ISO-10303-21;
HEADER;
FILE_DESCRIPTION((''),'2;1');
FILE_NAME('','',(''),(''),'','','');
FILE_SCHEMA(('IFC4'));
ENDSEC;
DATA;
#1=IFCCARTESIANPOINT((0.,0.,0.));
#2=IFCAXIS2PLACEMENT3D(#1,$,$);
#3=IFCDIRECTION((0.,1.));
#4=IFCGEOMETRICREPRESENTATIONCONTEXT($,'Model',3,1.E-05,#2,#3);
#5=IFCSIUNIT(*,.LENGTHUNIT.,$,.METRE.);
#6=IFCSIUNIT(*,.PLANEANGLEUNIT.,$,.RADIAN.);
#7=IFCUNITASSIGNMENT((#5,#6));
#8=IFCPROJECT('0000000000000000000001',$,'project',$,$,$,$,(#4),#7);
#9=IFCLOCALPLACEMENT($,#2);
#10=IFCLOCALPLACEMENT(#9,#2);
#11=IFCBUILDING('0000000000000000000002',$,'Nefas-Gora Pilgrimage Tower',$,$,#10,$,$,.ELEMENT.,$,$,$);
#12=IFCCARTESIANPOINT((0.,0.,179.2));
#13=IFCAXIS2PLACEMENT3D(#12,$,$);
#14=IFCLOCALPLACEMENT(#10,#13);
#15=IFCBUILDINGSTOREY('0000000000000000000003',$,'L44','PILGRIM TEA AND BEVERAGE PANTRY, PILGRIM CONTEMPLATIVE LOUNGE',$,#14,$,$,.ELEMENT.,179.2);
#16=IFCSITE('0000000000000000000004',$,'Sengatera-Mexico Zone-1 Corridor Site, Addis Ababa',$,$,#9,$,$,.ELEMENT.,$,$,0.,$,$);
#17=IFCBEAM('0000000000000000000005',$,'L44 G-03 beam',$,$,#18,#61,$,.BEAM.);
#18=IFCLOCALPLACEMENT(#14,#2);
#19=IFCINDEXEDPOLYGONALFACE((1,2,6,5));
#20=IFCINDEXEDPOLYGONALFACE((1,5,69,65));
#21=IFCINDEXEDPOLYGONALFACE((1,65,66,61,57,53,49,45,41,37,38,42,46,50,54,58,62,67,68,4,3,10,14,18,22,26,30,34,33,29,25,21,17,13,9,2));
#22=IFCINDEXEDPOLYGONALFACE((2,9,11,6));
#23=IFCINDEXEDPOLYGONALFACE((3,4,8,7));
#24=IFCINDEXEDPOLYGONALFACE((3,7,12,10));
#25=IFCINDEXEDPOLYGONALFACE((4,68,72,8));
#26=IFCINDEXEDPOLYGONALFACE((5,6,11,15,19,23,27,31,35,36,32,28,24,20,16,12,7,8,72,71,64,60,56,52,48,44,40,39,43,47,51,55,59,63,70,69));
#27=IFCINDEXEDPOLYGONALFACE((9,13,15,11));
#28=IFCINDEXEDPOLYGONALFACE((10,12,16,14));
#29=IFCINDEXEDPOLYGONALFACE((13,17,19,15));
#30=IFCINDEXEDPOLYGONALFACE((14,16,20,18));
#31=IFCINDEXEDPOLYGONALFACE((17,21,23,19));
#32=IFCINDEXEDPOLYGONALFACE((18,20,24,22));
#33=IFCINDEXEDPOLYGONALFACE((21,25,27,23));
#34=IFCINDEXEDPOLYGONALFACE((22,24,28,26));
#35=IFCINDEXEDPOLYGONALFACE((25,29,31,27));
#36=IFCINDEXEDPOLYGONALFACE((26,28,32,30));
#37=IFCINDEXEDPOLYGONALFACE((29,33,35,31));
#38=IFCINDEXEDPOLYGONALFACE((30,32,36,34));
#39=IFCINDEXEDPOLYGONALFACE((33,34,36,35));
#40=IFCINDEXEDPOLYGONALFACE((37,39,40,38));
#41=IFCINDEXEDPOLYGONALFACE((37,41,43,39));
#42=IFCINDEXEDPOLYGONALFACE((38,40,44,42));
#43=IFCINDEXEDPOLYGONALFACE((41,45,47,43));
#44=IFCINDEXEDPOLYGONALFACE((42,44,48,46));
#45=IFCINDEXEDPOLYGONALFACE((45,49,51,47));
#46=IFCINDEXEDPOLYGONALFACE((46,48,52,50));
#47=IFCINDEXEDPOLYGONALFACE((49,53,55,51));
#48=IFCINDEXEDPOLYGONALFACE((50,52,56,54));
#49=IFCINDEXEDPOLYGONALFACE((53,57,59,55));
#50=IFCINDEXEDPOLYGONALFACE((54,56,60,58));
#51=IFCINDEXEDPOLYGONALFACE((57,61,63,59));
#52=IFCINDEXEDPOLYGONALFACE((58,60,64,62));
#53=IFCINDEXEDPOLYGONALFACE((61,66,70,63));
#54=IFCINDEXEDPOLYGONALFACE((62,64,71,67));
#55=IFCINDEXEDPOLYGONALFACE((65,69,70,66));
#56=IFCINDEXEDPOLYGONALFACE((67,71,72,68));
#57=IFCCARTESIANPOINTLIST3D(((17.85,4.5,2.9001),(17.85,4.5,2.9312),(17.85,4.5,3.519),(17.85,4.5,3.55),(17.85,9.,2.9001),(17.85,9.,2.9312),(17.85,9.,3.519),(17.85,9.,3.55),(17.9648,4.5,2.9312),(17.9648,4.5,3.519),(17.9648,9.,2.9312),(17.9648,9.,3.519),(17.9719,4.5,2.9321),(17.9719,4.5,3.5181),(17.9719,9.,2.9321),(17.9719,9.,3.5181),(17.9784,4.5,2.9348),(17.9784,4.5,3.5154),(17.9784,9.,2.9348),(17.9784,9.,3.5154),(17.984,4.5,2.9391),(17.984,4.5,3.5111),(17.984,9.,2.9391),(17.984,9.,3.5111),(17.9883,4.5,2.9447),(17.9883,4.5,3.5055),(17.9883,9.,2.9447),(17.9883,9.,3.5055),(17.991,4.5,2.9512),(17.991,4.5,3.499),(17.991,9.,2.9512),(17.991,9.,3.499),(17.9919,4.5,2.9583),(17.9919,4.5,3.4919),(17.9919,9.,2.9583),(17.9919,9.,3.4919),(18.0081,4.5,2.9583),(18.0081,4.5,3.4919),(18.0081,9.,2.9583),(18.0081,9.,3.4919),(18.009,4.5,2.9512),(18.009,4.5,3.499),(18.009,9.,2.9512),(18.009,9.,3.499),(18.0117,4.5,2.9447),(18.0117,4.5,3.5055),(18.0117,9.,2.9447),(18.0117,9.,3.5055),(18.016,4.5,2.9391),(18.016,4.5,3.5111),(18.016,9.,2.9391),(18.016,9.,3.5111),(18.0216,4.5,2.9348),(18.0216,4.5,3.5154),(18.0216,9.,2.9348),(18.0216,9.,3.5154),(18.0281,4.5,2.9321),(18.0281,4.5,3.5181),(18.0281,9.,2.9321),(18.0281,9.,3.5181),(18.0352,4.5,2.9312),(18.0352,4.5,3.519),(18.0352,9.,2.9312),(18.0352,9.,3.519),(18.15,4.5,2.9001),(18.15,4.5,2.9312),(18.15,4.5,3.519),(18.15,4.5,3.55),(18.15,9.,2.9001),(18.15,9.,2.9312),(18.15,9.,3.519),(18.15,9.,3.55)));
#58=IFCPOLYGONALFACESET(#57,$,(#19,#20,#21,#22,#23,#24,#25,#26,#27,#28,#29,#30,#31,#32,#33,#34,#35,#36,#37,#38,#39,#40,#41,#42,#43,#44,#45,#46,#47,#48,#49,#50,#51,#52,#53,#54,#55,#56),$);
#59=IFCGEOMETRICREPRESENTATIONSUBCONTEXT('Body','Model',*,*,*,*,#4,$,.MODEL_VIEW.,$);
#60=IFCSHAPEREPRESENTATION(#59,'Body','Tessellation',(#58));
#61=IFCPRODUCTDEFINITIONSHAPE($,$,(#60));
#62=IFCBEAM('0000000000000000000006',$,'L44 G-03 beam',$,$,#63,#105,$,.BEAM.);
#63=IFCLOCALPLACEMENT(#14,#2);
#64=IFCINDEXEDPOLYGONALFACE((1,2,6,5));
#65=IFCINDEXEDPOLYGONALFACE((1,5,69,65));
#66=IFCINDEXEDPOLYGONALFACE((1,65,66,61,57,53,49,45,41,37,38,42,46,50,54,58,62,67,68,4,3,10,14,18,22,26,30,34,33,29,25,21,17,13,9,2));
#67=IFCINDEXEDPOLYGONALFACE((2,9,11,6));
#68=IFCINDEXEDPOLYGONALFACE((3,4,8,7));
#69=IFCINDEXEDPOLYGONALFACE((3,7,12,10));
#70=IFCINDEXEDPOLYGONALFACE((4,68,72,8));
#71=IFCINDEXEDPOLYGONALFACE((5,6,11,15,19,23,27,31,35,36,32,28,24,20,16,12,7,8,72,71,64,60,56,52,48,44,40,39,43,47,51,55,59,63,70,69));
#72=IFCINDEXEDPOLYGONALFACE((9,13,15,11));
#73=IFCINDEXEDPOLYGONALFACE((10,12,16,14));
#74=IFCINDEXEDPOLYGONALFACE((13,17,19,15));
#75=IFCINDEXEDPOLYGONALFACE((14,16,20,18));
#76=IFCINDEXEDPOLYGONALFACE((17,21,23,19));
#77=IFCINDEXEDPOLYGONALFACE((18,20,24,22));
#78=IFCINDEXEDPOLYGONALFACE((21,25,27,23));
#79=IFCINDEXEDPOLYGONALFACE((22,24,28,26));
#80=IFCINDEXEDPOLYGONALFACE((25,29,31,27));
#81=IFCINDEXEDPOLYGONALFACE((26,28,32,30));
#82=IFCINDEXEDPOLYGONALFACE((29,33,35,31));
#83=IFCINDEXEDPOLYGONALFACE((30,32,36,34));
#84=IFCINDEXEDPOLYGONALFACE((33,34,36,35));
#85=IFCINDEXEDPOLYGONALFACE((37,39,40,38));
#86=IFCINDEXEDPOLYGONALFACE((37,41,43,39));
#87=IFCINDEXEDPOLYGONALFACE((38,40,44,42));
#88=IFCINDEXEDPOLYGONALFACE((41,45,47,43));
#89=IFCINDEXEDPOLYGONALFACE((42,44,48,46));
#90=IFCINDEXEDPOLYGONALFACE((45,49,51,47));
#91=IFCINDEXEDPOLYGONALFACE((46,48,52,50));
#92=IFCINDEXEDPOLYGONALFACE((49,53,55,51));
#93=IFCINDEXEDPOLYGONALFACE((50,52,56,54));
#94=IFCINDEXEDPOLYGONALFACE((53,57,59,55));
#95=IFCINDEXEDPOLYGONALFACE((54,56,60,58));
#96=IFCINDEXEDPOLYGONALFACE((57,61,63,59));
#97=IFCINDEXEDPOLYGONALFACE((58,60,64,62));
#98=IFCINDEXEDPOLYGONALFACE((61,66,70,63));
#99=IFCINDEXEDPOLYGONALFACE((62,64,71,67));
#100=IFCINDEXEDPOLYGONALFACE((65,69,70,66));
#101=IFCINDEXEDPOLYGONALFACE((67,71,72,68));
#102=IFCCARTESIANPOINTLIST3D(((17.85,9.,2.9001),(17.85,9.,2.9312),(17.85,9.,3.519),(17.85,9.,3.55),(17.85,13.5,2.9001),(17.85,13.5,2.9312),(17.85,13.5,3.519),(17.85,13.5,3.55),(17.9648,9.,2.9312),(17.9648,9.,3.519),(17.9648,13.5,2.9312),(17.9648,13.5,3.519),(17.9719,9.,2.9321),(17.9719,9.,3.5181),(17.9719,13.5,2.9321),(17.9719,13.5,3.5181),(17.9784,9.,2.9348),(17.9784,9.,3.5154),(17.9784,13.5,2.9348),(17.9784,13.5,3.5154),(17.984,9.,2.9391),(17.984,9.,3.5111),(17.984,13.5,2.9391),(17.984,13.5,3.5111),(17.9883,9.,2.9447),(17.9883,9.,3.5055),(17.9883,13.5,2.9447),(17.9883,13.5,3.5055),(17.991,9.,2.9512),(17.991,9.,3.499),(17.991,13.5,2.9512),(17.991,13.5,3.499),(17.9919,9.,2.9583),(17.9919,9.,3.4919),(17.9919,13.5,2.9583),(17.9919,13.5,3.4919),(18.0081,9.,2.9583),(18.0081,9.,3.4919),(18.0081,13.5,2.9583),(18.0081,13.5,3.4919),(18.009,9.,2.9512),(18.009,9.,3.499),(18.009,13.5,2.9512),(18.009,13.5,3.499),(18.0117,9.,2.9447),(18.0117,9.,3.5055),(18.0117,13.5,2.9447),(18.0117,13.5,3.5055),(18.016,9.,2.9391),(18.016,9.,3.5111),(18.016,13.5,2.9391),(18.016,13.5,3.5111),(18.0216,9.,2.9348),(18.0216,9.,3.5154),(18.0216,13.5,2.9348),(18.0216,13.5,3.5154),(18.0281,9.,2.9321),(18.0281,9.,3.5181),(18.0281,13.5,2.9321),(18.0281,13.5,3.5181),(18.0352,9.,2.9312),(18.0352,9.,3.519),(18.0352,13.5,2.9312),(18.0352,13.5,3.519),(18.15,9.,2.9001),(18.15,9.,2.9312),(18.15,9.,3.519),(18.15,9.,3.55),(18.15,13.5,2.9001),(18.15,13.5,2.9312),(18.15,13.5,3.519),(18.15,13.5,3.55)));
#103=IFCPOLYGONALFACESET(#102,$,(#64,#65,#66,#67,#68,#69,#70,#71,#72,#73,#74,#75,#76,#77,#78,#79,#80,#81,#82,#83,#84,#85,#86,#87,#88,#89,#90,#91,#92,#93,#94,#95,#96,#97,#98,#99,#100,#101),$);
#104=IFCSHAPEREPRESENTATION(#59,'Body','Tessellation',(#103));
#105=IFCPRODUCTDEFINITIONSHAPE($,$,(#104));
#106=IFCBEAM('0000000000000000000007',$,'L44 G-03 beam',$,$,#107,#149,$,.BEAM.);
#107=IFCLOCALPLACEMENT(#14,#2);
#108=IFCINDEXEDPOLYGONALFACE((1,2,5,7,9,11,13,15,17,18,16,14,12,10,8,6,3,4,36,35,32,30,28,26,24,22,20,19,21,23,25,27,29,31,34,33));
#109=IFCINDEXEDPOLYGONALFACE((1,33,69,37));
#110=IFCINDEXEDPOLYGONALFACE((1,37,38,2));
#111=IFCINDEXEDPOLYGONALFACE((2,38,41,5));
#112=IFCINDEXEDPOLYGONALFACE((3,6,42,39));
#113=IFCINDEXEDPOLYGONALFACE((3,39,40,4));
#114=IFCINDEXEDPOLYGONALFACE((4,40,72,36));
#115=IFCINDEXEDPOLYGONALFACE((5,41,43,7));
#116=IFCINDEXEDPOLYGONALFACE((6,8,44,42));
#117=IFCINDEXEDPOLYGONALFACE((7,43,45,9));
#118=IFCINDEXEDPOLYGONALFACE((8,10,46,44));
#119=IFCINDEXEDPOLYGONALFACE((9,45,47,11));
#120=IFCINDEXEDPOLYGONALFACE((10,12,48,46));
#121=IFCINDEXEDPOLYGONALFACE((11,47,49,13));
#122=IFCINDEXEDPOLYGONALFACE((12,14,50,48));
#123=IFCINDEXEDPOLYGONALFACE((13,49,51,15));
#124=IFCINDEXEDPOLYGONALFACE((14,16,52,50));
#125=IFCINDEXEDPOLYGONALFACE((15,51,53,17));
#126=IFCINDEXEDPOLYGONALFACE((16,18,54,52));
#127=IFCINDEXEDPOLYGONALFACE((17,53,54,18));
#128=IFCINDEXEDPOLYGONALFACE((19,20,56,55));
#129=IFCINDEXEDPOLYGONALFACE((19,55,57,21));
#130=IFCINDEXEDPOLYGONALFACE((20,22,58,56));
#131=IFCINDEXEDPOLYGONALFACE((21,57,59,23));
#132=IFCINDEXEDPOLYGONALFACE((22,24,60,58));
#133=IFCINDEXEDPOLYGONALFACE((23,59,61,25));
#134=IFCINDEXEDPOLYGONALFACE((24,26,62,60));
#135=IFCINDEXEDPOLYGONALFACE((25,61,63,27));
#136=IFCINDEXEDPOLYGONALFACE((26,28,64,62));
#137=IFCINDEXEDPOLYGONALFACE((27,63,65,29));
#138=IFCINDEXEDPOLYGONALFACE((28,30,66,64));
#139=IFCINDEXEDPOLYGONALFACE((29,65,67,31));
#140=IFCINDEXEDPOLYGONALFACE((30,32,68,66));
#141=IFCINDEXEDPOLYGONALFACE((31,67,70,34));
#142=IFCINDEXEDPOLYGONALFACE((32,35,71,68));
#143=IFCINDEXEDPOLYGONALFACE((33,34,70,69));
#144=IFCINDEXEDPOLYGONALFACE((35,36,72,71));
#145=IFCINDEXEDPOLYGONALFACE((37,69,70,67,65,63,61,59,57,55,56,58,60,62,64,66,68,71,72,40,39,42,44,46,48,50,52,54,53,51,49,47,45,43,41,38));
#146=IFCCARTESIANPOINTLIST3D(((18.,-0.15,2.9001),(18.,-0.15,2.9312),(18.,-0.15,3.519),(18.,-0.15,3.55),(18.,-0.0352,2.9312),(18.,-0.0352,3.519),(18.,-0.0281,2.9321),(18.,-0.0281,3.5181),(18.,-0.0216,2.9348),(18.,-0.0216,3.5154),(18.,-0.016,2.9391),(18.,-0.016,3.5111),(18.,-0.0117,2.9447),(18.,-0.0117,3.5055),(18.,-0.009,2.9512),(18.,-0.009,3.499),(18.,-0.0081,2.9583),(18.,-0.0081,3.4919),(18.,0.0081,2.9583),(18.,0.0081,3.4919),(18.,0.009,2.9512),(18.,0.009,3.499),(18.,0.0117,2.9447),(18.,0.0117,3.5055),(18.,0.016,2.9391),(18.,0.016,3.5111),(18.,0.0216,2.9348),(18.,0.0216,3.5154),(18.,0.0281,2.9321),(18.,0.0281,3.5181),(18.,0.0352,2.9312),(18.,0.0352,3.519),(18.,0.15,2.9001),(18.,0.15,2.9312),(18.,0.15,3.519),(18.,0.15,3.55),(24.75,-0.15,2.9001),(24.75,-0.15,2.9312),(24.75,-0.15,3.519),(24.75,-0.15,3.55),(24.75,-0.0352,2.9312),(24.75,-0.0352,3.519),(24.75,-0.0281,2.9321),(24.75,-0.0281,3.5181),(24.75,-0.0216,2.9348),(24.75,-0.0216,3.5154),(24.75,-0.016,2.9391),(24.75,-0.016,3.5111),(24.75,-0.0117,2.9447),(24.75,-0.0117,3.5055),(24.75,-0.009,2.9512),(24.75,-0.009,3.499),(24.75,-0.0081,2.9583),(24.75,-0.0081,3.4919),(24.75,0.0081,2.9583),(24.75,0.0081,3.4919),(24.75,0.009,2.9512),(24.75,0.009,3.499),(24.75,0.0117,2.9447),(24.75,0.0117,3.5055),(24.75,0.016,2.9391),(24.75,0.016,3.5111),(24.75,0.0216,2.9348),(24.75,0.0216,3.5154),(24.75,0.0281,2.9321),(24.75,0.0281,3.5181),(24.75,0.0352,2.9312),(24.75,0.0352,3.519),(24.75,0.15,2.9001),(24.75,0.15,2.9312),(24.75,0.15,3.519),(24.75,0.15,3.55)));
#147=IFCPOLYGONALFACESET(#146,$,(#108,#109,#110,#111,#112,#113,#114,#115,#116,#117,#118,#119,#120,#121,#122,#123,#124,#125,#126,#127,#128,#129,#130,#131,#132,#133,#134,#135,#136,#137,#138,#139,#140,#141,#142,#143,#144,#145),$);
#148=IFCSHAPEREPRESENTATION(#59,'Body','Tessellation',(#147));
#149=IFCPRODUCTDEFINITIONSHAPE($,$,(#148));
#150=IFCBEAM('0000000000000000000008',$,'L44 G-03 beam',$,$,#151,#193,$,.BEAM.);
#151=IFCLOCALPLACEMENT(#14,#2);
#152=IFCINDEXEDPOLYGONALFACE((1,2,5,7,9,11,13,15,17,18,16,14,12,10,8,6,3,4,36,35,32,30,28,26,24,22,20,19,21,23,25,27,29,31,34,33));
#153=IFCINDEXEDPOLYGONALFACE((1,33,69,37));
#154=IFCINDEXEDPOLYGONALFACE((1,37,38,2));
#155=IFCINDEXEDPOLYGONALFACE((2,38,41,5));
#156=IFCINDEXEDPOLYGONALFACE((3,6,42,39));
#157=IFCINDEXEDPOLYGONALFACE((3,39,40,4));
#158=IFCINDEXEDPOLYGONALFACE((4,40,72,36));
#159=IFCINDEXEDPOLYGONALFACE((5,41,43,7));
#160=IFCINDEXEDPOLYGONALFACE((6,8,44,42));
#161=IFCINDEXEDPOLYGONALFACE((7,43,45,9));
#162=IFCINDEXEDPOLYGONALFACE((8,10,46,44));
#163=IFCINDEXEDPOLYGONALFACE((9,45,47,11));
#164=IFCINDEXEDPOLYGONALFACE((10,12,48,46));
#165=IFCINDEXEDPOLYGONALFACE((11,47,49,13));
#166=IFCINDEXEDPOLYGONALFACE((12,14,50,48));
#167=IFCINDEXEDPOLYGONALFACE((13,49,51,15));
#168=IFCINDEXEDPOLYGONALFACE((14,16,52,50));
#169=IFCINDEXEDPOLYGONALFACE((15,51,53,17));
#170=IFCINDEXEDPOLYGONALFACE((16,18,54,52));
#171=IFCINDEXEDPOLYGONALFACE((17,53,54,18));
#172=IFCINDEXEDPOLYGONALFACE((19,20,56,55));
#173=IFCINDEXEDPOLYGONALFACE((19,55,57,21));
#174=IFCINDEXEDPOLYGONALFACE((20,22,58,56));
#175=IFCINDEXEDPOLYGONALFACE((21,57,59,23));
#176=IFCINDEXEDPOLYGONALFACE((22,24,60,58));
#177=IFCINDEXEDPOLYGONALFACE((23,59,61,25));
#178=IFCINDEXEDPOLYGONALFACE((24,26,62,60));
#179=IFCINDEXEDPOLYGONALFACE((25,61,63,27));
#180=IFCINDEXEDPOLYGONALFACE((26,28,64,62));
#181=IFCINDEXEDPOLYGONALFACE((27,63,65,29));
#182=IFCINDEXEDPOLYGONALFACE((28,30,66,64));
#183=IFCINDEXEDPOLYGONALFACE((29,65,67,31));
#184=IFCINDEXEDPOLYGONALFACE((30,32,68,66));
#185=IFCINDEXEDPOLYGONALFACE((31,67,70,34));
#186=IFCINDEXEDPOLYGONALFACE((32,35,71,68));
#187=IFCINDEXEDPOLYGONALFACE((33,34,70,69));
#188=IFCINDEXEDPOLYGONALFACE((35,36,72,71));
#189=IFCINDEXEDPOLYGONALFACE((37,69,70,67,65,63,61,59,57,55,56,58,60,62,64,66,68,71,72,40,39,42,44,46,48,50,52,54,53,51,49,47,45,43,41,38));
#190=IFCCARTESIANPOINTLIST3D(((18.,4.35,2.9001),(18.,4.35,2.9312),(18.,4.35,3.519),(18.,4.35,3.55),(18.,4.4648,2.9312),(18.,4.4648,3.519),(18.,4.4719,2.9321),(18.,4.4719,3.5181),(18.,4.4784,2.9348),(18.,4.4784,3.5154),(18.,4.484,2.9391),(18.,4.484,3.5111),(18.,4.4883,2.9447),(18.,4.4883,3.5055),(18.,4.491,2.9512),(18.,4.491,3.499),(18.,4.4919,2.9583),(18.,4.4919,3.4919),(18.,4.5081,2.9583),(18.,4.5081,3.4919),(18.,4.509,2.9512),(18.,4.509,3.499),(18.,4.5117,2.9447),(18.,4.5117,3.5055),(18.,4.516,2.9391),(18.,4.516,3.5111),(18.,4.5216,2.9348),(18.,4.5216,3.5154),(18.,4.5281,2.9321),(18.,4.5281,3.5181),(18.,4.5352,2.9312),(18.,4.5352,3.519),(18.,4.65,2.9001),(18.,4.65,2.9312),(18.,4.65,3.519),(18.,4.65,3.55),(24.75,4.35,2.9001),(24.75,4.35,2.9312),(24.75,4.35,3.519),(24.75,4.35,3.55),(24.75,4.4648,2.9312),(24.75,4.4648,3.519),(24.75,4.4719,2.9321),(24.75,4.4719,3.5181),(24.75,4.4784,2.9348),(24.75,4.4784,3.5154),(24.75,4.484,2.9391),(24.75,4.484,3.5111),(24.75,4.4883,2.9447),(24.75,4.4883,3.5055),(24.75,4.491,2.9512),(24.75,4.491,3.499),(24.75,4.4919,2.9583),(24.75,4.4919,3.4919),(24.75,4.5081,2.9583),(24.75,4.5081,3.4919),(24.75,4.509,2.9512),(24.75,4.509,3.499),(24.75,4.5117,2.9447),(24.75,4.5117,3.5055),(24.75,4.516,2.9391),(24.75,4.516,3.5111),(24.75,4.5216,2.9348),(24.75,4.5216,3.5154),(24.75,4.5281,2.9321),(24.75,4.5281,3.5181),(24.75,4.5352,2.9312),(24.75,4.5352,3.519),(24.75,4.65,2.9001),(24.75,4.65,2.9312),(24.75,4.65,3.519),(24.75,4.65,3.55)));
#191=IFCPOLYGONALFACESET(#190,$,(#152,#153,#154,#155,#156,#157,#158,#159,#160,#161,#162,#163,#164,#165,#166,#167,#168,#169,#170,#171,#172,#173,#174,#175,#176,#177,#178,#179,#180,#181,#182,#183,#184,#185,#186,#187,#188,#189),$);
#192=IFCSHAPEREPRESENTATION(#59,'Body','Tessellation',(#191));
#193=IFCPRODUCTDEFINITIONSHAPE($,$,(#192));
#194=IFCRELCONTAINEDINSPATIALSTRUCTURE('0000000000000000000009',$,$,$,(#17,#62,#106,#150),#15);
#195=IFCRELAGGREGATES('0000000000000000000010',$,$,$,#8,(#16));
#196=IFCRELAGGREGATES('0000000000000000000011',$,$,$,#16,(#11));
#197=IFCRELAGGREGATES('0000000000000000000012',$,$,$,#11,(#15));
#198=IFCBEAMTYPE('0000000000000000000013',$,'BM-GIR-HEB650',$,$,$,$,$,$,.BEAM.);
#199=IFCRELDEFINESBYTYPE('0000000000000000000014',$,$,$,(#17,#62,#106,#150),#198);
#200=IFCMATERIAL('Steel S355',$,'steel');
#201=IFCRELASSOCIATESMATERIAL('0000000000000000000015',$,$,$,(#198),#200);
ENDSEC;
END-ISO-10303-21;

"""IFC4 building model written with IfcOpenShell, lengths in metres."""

from ifc_helpers import new_model, si_unit, direction, frame, origin, origin_2d, place, context, subcontext, project, spatial, i_section, extrude, source, transform, mapped, material, material_profile, profile_set, type_object, element, save


model = new_model("IFC4")

# Units and contexts
model_context = context("Model", 3, precision=1e-05, world=origin(), true_north=direction((0.0, 1.0)))
body_context = subcontext(model_context, "Body", "Model", "MODEL_VIEW")
ifc_project = project(units=[si_unit("LENGTHUNIT", "METRE"), si_unit("PLANEANGLEUNIT", "RADIAN")], contexts=[model_context])

# Site, building, storey
site_placement = place(None, origin())
site = spatial("IfcSite", under=ifc_project, at=site_placement, Name="Sengatera-Mexico Zone-1 Corridor Site, Addis Ababa", CompositionType="ELEMENT", RefElevation=0.0)
building_placement = place(site_placement, origin())
building = spatial("IfcBuilding", under=site, at=building_placement, Name="Nefas-Gora Pilgrimage Tower", CompositionType="ELEMENT")
storey_placement = place(building_placement, frame((0.0, 0.0, 179.2)))
storey = spatial("IfcBuildingStorey", under=building, at=storey_placement, Name="L44", Description="PILGRIM TEA AND BEVERAGE PANTRY, PILGRIM CONTEMPLATIVE LOUNGE", CompositionType="ELEMENT", Elevation=179.2)

# Beams
ifc_material_1 = material(Name="Steel S355", Category="steel")
ifc_material_profile_1 = material_profile(ifc_material_1, i_section(OverallWidth=0.3, OverallDepth=0.6499, WebThickness=0.0161, FlangeThickness=0.031, FilletRadius=0.0271, at=origin_2d()), Name="HEB 650")
ifc_profile_set_1 = profile_set([ifc_material_profile_1], Name="Steel S355")
beam_type_1 = type_object("IfcBeamType", Name="BM-GIR-HEB650", PredefinedType="BEAM", material=ifc_profile_set_1)
shared_shape_1 = source(origin(), body_context, "Body", "SweptSolid", [
    extrude(i_section(OverallWidth=0.3, OverallDepth=0.6499, WebThickness=0.0161, FlangeThickness=0.031, FilletRadius=0.0271, at=origin_2d()), origin(), (0.0, 0.0, 1.0), 4.5),
])
for number, where, z_axis, x_axis, name in (
    (1, (18.0, 4.5, 3.2251), (0.0, 1.0, 0.0), (-1.0, 0.0, 0.0), "L44 G-03 beam"),
    (2, (18.0, 9.0, 3.2251), (0.0, 1.0, 0.0), (-1.0, 0.0, 0.0), "L44 G-03 beam"),
):
    element("IfcBeam", number, at=place(storey_placement, frame(where, z_axis=z_axis, x_axis=x_axis)), inside=storey, type_object=beam_type_1, Name=name, PredefinedType="BEAM", context=body_context, shape_type="MappedRepresentation", body=[
        mapped(shared_shape_1, transform((0.0, 0.0, 0.0), x_axis=(1.0, 0.0, 0.0), y_axis=(0.0, 1.0, 0.0), z_axis=(0.0, 0.0, 1.0), scale=1.0)),
    ])
shared_shape_2 = source(origin(), body_context, "Body", "SweptSolid", [
    extrude(i_section(OverallWidth=0.3, OverallDepth=0.6499, WebThickness=0.0161, FlangeThickness=0.031, FilletRadius=0.0271, at=origin_2d()), origin(), (0.0, 0.0, 1.0), 6.75),
])
for number, where, z_axis, x_axis, name in (
    (3, (18.0, 0.0, 3.2251), (1.0, 0.0, 0.0), (0.0, 1.0, 0.0), "L44 G-03 beam"),
    (4, (18.0, 4.5, 3.2251), (1.0, 0.0, 0.0), (0.0, 1.0, 0.0), "L44 G-03 beam"),
):
    element("IfcBeam", number, at=place(storey_placement, frame(where, z_axis=z_axis, x_axis=x_axis)), inside=storey, type_object=beam_type_1, Name=name, PredefinedType="BEAM", context=body_context, shape_type="MappedRepresentation", body=[
        mapped(shared_shape_2, transform((0.0, 0.0, 0.0), x_axis=(1.0, 0.0, 0.0), y_axis=(0.0, 1.0, 0.0), z_axis=(0.0, 0.0, 1.0), scale=1.0)),
    ])

save(model, "model.ifc")
